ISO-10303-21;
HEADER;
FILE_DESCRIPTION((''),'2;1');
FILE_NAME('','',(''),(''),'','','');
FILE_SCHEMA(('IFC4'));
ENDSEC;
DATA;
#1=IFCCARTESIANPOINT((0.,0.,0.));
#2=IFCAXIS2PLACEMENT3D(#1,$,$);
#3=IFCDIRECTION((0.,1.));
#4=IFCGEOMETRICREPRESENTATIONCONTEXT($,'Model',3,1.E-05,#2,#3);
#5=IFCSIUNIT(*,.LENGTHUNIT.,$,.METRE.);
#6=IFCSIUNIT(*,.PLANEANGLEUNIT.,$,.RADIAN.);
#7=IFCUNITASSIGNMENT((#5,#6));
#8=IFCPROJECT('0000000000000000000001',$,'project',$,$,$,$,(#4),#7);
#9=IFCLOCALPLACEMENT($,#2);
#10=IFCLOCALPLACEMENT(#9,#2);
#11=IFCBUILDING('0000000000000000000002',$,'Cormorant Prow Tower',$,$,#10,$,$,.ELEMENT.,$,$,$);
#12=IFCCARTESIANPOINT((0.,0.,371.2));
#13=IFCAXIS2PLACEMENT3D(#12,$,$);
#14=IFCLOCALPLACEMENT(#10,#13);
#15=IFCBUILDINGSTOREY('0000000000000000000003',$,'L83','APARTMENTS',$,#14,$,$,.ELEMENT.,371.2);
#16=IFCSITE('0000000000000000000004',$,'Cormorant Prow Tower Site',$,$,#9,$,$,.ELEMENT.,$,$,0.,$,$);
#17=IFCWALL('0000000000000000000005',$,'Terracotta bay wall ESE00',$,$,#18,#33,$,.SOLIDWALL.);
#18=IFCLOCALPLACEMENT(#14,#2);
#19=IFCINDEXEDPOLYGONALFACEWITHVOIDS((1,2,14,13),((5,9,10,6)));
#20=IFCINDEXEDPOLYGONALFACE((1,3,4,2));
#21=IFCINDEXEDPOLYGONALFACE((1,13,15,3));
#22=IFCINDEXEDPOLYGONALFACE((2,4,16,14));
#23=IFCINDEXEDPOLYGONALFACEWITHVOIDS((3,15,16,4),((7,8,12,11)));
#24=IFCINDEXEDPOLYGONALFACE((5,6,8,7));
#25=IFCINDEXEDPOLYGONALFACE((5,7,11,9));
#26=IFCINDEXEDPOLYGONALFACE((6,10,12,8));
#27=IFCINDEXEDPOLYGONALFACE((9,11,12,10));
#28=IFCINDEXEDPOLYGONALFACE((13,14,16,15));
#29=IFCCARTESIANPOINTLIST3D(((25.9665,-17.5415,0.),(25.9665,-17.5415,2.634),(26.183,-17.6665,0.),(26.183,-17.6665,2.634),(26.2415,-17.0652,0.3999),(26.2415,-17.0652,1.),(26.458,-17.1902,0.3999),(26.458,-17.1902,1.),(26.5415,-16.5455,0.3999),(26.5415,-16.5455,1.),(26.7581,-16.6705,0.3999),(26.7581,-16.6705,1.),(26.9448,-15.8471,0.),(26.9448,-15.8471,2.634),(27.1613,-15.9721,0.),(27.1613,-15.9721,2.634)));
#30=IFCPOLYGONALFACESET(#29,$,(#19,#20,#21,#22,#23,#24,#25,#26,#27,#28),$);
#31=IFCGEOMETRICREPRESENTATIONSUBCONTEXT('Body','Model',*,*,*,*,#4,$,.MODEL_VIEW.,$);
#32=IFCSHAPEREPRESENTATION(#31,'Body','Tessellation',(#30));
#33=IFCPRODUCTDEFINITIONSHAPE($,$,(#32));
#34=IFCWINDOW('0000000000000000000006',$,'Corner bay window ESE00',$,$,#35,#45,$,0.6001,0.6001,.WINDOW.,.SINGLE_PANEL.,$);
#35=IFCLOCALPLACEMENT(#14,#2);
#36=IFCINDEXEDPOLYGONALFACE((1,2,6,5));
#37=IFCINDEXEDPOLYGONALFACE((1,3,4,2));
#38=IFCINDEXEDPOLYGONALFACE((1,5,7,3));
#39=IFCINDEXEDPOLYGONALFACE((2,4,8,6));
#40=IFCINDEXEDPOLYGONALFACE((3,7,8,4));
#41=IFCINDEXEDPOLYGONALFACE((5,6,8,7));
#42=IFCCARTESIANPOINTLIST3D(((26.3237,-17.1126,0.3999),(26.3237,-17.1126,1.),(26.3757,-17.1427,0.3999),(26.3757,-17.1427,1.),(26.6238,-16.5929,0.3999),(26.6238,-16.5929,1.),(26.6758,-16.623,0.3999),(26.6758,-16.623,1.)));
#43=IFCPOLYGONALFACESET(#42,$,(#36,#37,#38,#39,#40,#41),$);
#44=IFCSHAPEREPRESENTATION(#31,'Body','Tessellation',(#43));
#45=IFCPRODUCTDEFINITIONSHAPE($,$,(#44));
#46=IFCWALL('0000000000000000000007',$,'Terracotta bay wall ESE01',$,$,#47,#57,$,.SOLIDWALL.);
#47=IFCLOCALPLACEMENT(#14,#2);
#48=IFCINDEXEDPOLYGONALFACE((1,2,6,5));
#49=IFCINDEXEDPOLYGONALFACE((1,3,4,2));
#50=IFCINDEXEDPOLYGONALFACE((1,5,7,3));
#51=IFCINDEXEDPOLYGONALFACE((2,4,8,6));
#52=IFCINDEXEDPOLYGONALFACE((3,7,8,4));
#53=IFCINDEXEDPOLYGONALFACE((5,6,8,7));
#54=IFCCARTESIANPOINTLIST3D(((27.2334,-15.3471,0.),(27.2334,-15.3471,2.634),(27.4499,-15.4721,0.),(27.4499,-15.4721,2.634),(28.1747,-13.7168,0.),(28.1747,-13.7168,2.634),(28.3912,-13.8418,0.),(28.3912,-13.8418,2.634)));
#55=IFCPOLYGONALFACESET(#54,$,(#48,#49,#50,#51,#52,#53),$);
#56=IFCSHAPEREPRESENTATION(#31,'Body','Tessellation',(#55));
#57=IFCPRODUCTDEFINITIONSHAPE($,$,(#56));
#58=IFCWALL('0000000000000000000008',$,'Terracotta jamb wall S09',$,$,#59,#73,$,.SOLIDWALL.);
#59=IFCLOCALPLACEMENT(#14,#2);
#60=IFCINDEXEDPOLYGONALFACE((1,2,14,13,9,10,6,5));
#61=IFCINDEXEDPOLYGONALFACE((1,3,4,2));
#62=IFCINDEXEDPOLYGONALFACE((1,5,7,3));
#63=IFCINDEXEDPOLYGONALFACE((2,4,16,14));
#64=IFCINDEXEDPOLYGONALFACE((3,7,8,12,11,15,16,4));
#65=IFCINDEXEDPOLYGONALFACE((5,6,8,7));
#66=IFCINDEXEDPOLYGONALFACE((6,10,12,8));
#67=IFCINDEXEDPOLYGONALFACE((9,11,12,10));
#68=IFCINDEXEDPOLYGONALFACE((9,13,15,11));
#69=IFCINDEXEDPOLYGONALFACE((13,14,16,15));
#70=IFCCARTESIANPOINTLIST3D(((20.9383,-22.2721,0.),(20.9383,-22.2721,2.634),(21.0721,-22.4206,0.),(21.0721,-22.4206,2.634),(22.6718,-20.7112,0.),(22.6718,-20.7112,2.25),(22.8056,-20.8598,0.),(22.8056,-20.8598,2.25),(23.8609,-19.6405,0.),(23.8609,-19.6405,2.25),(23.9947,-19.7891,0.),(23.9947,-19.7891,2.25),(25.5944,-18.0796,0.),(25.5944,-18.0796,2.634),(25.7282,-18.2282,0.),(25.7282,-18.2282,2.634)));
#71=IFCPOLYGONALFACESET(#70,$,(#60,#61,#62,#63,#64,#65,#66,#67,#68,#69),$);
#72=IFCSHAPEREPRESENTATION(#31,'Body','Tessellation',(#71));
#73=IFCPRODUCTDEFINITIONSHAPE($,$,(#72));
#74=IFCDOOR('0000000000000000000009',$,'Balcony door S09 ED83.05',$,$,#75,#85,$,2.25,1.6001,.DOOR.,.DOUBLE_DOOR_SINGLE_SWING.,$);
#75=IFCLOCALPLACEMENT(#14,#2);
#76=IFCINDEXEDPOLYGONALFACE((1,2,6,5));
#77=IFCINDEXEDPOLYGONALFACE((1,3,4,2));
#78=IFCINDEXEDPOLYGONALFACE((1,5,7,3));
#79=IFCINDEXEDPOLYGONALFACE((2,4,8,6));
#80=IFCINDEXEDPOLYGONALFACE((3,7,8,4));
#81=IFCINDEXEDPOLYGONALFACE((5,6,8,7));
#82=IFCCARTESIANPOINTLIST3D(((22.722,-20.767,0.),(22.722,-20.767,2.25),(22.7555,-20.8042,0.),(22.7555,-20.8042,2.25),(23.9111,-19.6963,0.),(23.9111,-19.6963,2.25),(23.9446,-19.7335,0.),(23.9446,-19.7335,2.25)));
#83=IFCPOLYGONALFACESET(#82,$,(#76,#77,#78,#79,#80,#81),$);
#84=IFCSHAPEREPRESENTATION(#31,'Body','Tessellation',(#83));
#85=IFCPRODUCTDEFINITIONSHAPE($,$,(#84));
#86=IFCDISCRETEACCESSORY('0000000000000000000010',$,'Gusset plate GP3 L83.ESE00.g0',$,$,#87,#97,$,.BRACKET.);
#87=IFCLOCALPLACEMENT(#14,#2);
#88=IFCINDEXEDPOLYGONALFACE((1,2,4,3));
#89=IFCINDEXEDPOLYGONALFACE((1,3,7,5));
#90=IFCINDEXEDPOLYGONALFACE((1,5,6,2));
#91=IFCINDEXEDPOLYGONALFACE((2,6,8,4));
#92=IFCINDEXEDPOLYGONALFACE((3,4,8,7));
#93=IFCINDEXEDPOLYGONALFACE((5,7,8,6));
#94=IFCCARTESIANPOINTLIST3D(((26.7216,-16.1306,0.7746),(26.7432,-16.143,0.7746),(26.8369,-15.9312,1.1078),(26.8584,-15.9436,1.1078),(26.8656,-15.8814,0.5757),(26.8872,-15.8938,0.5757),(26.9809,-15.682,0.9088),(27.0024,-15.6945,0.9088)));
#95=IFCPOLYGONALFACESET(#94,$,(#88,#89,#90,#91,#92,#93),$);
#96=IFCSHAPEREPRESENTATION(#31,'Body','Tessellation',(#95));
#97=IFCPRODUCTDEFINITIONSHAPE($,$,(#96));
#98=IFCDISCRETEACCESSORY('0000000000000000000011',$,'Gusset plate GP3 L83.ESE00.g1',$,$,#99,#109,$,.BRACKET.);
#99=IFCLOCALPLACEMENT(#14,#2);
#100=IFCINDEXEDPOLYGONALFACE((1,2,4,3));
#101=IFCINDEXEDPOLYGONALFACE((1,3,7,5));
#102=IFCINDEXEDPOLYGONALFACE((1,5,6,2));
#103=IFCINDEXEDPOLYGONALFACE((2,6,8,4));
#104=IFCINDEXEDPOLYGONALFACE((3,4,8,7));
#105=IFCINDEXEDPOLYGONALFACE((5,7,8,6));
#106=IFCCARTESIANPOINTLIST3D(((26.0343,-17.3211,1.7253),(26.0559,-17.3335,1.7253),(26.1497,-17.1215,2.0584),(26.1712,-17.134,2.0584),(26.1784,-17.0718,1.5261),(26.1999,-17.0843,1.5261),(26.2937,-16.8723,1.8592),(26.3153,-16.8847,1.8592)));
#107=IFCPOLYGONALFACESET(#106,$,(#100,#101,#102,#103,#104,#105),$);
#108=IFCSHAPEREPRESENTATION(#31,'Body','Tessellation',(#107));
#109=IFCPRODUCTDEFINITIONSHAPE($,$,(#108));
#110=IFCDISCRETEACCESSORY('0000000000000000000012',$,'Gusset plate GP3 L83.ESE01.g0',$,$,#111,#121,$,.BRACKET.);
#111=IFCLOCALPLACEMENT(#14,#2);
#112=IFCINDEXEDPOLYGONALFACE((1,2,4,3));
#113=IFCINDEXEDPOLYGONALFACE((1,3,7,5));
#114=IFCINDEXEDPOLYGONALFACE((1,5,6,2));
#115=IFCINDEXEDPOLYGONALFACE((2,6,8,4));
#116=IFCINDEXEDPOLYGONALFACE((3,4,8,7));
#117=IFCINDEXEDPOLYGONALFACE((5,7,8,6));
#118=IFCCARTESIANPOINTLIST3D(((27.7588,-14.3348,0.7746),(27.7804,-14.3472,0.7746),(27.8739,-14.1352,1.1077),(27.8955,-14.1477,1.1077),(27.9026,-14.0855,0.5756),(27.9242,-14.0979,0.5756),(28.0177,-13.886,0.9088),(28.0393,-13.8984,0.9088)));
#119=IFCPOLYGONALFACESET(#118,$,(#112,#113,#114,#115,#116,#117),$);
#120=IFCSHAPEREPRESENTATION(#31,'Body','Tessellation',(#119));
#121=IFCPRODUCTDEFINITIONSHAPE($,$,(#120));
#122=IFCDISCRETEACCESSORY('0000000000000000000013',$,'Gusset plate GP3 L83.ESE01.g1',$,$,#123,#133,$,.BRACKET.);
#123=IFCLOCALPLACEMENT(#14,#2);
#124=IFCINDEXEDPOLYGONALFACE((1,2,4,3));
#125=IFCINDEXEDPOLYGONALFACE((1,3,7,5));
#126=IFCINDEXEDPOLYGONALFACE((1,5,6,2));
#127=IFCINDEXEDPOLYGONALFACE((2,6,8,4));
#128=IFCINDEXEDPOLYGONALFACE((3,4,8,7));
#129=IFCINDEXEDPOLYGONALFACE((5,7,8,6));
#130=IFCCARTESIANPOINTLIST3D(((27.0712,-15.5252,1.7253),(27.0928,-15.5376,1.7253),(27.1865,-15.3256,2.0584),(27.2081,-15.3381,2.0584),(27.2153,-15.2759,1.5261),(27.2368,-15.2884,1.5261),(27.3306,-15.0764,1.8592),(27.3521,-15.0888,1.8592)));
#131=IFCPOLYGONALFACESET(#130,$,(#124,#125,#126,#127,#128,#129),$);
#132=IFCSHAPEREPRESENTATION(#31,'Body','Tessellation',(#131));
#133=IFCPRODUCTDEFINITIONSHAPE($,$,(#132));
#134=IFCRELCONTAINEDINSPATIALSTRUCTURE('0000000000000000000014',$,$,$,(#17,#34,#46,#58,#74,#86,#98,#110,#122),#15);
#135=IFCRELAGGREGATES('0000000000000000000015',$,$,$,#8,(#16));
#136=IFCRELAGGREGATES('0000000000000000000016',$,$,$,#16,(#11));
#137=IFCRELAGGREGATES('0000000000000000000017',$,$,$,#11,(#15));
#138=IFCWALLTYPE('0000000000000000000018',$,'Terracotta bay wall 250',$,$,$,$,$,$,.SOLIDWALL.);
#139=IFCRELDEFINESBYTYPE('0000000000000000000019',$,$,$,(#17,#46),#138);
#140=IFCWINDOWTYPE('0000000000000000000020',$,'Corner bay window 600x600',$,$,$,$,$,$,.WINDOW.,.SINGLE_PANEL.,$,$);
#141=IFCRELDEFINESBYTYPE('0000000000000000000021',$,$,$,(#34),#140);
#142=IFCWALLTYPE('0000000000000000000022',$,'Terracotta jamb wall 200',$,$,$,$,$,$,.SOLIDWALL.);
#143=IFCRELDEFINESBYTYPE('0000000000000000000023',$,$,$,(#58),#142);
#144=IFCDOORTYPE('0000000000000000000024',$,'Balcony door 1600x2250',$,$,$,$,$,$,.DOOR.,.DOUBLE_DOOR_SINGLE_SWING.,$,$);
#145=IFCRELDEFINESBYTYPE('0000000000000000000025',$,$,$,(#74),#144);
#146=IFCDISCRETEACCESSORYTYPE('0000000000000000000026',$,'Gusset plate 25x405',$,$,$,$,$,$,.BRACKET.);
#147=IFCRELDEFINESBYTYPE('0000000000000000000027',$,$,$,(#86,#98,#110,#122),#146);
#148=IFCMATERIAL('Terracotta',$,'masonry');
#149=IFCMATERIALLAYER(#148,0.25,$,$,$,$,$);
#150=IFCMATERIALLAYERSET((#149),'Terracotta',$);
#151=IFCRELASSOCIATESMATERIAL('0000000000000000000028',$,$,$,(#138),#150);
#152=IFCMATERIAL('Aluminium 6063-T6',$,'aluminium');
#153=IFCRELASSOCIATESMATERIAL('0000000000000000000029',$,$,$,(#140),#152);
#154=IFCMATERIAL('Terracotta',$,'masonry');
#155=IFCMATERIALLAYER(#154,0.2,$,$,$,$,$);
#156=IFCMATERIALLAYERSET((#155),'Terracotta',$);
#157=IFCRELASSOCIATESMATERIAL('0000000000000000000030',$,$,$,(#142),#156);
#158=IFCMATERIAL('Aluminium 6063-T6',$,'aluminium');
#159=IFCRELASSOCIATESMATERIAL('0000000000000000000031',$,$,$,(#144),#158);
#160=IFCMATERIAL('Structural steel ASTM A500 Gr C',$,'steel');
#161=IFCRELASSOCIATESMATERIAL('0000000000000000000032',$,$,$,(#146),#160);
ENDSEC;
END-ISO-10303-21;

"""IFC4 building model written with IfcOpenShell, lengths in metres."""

from ifc_helpers import new_model, si_unit, direction, frame, frame_2d, origin, origin_2d, place, context, subcontext, project, spatial, rectangle, extrude, material, layer, layer_set, material_profile, profile_set, type_object, element, fill, save


model = new_model("IFC4")

# Units and contexts
model_context = context("Model", 3, precision=1e-05, world=origin(), true_north=direction((0.0, 1.0)))
body_context = subcontext(model_context, "Body", "Model", "MODEL_VIEW")
ifc_project = project(units=[si_unit("LENGTHUNIT", "METRE"), si_unit("PLANEANGLEUNIT", "RADIAN")], contexts=[model_context])

# Site, building, storey
site_placement = place(None, origin())
site = spatial("IfcSite", under=ifc_project, at=site_placement, Name="Cormorant Prow Tower Site", CompositionType="ELEMENT", RefElevation=0.0)
building_placement = place(site_placement, origin())
building = spatial("IfcBuilding", under=site, at=building_placement, Name="Cormorant Prow Tower", CompositionType="ELEMENT")
storey_placement = place(building_placement, frame((0.0, 0.0, 371.2)))
storey = spatial("IfcBuildingStorey", under=building, at=storey_placement, Name="L83", Description="APARTMENTS", CompositionType="ELEMENT", Elevation=371.2)

# Wall, opening, window
ifc_material_1 = material(Name="Terracotta", Category="masonry")
ifc_layer_1 = layer(ifc_material_1, 0.25)
ifc_layer_set_1 = layer_set([ifc_layer_1], Name="Terracotta")
wall_type_1 = type_object("IfcWallType", Name="Terracotta bay wall 250", PredefinedType="SOLIDWALL", material=ifc_layer_set_1)
wall_1_placement = place(storey_placement, frame((26.0747, -17.604, 0.0), z_axis=(0.0, 0.0, 1.0), x_axis=(0.500018, 0.866015, 0.0)))
wall_1 = element("IfcWall", 1, at=wall_1_placement, inside=storey, type_object=wall_type_1, Name="Terracotta bay wall ESE00", PredefinedType="SOLIDWALL", context=body_context, shape_type="SweptSolid", body=[
    extrude(rectangle(XDim=1.9565, YDim=0.25, at=frame_2d((0.9783, 0.0))), origin(), (0.0, 0.0, 1.0), 2.634),
])
opening_1_placement = place(wall_1_placement, frame((0.55, 0.0, 0.3999)))
opening_1 = element("IfcOpeningElement", 2, at=opening_1_placement, cuts=wall_1, PredefinedType="OPENING", context=body_context, shape_type="SweptSolid", body=[
    extrude(rectangle(XDim=0.6001, YDim=0.6001, at=frame_2d((0.3, 0.3))), frame((0.0, 0.135, 0.0), z_axis=(0.0, -1.0, 0.0), x_axis=(1.0, 0.0, 0.0)), (0.0, 0.0, 1.0), 0.27),
])
ifc_material_2 = material(Name="Aluminium 6063-T6", Category="aluminium")
window_type = type_object("IfcWindowType", Name="Corner bay window 600x600", PartitioningType="SINGLE_PANEL", PredefinedType="WINDOW", material=ifc_material_2)
window_placement = place(opening_1_placement, origin())
window = element("IfcWindow", 3, at=window_placement, inside=storey, type_object=window_type, Name="Corner bay window ESE00", OverallHeight=0.6001, OverallWidth=0.6001, PartitioningType="SINGLE_PANEL", PredefinedType="WINDOW", context=body_context, shape_type="SweptSolid", body=[
    extrude(rectangle(XDim=0.6001, YDim=0.6001, at=frame_2d((0.3, 0.3))), frame((0.0, 0.03, 0.0), z_axis=(0.0, -1.0, 0.0), x_axis=(1.0, 0.0, 0.0)), (0.0, 0.0, 1.0), 0.0601),
])
fill(opening_1, window)

# Wall
wall_2_placement = place(storey_placement, frame((27.3416, -15.4097, 0.0), z_axis=(0.0, 0.0, 1.0), x_axis=(0.500044, 0.866, 0.0)))
element("IfcWall", 4, at=wall_2_placement, inside=storey, type_object=wall_type_1, Name="Terracotta bay wall ESE01", PredefinedType="SOLIDWALL", context=body_context, shape_type="SweptSolid", body=[
    extrude(rectangle(XDim=1.8826, YDim=0.25, at=frame_2d((0.9414, 0.0))), origin(), (0.0, 0.0, 1.0), 2.634),
])

# Wall, opening, door
ifc_material_3 = material(Name="Terracotta", Category="masonry")
ifc_layer_2 = layer(ifc_material_3, 0.2)
ifc_layer_set_2 = layer_set([ifc_layer_2], Name="Terracotta")
wall_type_2 = type_object("IfcWallType", Name="Terracotta jamb wall 200", PredefinedType="SOLIDWALL", material=ifc_layer_set_2)
wall_3_placement = place(storey_placement, frame((21.0051, -22.3464, 0.0), z_axis=(0.0, 0.0, 1.0), x_axis=(0.743137, 0.669139, 0.0)))
wall_3 = element("IfcWall", 5, at=wall_3_placement, inside=storey, type_object=wall_type_2, Name="Terracotta jamb wall S09", PredefinedType="SOLIDWALL", context=body_context, shape_type="SweptSolid", body=[
    extrude(rectangle(XDim=6.2654, YDim=0.2, at=frame_2d((3.1328, 0.0))), origin(), (0.0, 0.0, 1.0), 2.634),
])
opening_2_placement = place(wall_3_placement, frame((2.3328, 0.0, 0.0)))
opening_2 = element("IfcOpeningElement", 6, at=opening_2_placement, cuts=wall_3, PredefinedType="OPENING", context=body_context, shape_type="SweptSolid", body=[
    extrude(rectangle(XDim=1.6001, YDim=2.25, at=frame_2d((0.8, 1.125))), frame((0.0, 0.1099, 0.0), z_axis=(0.0, -1.0, 0.0), x_axis=(1.0, 0.0, 0.0)), (0.0, 0.0, 1.0), 0.22),
])
ifc_material_4 = material(Name="Aluminium 6063-T6", Category="aluminium")
door_type_1 = type_object("IfcDoorType", Name="Balcony door 1600x2250", OperationType="DOUBLE_DOOR_SINGLE_SWING", PredefinedType="DOOR", material=ifc_material_4)
door_1_placement = place(opening_2_placement, origin())
door_1 = element("IfcDoor", 7, at=door_1_placement, inside=storey, type_object=door_type_1, Name="Balcony door S09 ED83.05", OperationType="DOUBLE_DOOR_SINGLE_SWING", OverallHeight=2.25, OverallWidth=1.6001, PredefinedType="DOOR", context=body_context, shape_type="SweptSolid", body=[
    extrude(rectangle(XDim=1.6001, YDim=2.25, at=frame_2d((0.8, 1.125))), frame((0.0, 0.0249, 0.0), z_axis=(0.0, -1.0, 0.0), x_axis=(1.0, 0.0, 0.0)), (0.0, 0.0, 1.0), 0.05),
])
fill(opening_2, door_1)

# Discrete accessories
ifc_material_5 = material(Name="Structural steel ASTM A500 Gr C", Category="steel")
ifc_material_profile_1 = material_profile(ifc_material_5, rectangle(XDim=0.0249, YDim=0.405, at=origin_2d()), Name="Gusset plate 25x405")
ifc_profile_set_1 = profile_set([ifc_material_profile_1], Name="Structural steel ASTM A500 Gr C")
discrete_accessory_type = type_object("IfcDiscreteAccessoryType", Name="Gusset plate 25x405", PredefinedType="BRACKET", material=ifc_profile_set_1)
discrete_accessory_1_placement = place(storey_placement, frame((26.79, -16.0371, 0.9412), z_axis=(0.411596, 0.71227, -0.56856), x_axis=(-0.865832, 0.500334, 0.0)))
element("IfcDiscreteAccessory", 8, at=discrete_accessory_1_placement, inside=storey, type_object=discrete_accessory_type, Name="Gusset plate GP3 L83.ESE00.g0", PredefinedType="BRACKET", context=body_context, shape_type="SweptSolid", body=[
    extrude(rectangle(XDim=0.0249, YDim=0.405, at=origin_2d()), origin(), (0.0, 0.0, 1.0), 0.3499),
])
discrete_accessory_2_placement = place(storey_placement, frame((26.2468, -16.9783, 1.6926), z_axis=(-0.411432, -0.711987, 0.569032), x_axis=(0.865832, -0.500334, 0.0)))
element("IfcDiscreteAccessory", 9, at=discrete_accessory_2_placement, inside=storey, type_object=discrete_accessory_type, Name="Gusset plate GP3 L83.ESE00.g1", PredefinedType="BRACKET", context=body_context, shape_type="SweptSolid", body=[
    extrude(rectangle(XDim=0.0249, YDim=0.405, at=origin_2d()), origin(), (0.0, 0.0, 1.0), 0.3501),
])
discrete_accessory_3_placement = place(storey_placement, frame((27.8271, -14.2412, 0.9412), z_axis=(0.411016, 0.712474, -0.568723), x_axis=(-0.8662, 0.499698, 0.0)))
element("IfcDiscreteAccessory", 10, at=discrete_accessory_3_placement, inside=storey, type_object=discrete_accessory_type, Name="Gusset plate GP3 L83.ESE01.g0", PredefinedType="BRACKET", context=body_context, shape_type="SweptSolid", body=[
    extrude(rectangle(XDim=0.0249, YDim=0.405, at=origin_2d()), origin(), (0.0, 0.0, 1.0), 0.3499),
])
discrete_accessory_4_placement = place(storey_placement, frame((27.2837, -15.1824, 1.6926), z_axis=(-0.411432, -0.711987, 0.569032), x_axis=(0.865832, -0.500334, 0.0)))
element("IfcDiscreteAccessory", 11, at=discrete_accessory_4_placement, inside=storey, type_object=discrete_accessory_type, Name="Gusset plate GP3 L83.ESE01.g1", PredefinedType="BRACKET", context=body_context, shape_type="SweptSolid", body=[
    extrude(rectangle(XDim=0.0249, YDim=0.405, at=origin_2d()), origin(), (0.0, 0.0, 1.0), 0.3501),
])

save(model, "model.ifc")
